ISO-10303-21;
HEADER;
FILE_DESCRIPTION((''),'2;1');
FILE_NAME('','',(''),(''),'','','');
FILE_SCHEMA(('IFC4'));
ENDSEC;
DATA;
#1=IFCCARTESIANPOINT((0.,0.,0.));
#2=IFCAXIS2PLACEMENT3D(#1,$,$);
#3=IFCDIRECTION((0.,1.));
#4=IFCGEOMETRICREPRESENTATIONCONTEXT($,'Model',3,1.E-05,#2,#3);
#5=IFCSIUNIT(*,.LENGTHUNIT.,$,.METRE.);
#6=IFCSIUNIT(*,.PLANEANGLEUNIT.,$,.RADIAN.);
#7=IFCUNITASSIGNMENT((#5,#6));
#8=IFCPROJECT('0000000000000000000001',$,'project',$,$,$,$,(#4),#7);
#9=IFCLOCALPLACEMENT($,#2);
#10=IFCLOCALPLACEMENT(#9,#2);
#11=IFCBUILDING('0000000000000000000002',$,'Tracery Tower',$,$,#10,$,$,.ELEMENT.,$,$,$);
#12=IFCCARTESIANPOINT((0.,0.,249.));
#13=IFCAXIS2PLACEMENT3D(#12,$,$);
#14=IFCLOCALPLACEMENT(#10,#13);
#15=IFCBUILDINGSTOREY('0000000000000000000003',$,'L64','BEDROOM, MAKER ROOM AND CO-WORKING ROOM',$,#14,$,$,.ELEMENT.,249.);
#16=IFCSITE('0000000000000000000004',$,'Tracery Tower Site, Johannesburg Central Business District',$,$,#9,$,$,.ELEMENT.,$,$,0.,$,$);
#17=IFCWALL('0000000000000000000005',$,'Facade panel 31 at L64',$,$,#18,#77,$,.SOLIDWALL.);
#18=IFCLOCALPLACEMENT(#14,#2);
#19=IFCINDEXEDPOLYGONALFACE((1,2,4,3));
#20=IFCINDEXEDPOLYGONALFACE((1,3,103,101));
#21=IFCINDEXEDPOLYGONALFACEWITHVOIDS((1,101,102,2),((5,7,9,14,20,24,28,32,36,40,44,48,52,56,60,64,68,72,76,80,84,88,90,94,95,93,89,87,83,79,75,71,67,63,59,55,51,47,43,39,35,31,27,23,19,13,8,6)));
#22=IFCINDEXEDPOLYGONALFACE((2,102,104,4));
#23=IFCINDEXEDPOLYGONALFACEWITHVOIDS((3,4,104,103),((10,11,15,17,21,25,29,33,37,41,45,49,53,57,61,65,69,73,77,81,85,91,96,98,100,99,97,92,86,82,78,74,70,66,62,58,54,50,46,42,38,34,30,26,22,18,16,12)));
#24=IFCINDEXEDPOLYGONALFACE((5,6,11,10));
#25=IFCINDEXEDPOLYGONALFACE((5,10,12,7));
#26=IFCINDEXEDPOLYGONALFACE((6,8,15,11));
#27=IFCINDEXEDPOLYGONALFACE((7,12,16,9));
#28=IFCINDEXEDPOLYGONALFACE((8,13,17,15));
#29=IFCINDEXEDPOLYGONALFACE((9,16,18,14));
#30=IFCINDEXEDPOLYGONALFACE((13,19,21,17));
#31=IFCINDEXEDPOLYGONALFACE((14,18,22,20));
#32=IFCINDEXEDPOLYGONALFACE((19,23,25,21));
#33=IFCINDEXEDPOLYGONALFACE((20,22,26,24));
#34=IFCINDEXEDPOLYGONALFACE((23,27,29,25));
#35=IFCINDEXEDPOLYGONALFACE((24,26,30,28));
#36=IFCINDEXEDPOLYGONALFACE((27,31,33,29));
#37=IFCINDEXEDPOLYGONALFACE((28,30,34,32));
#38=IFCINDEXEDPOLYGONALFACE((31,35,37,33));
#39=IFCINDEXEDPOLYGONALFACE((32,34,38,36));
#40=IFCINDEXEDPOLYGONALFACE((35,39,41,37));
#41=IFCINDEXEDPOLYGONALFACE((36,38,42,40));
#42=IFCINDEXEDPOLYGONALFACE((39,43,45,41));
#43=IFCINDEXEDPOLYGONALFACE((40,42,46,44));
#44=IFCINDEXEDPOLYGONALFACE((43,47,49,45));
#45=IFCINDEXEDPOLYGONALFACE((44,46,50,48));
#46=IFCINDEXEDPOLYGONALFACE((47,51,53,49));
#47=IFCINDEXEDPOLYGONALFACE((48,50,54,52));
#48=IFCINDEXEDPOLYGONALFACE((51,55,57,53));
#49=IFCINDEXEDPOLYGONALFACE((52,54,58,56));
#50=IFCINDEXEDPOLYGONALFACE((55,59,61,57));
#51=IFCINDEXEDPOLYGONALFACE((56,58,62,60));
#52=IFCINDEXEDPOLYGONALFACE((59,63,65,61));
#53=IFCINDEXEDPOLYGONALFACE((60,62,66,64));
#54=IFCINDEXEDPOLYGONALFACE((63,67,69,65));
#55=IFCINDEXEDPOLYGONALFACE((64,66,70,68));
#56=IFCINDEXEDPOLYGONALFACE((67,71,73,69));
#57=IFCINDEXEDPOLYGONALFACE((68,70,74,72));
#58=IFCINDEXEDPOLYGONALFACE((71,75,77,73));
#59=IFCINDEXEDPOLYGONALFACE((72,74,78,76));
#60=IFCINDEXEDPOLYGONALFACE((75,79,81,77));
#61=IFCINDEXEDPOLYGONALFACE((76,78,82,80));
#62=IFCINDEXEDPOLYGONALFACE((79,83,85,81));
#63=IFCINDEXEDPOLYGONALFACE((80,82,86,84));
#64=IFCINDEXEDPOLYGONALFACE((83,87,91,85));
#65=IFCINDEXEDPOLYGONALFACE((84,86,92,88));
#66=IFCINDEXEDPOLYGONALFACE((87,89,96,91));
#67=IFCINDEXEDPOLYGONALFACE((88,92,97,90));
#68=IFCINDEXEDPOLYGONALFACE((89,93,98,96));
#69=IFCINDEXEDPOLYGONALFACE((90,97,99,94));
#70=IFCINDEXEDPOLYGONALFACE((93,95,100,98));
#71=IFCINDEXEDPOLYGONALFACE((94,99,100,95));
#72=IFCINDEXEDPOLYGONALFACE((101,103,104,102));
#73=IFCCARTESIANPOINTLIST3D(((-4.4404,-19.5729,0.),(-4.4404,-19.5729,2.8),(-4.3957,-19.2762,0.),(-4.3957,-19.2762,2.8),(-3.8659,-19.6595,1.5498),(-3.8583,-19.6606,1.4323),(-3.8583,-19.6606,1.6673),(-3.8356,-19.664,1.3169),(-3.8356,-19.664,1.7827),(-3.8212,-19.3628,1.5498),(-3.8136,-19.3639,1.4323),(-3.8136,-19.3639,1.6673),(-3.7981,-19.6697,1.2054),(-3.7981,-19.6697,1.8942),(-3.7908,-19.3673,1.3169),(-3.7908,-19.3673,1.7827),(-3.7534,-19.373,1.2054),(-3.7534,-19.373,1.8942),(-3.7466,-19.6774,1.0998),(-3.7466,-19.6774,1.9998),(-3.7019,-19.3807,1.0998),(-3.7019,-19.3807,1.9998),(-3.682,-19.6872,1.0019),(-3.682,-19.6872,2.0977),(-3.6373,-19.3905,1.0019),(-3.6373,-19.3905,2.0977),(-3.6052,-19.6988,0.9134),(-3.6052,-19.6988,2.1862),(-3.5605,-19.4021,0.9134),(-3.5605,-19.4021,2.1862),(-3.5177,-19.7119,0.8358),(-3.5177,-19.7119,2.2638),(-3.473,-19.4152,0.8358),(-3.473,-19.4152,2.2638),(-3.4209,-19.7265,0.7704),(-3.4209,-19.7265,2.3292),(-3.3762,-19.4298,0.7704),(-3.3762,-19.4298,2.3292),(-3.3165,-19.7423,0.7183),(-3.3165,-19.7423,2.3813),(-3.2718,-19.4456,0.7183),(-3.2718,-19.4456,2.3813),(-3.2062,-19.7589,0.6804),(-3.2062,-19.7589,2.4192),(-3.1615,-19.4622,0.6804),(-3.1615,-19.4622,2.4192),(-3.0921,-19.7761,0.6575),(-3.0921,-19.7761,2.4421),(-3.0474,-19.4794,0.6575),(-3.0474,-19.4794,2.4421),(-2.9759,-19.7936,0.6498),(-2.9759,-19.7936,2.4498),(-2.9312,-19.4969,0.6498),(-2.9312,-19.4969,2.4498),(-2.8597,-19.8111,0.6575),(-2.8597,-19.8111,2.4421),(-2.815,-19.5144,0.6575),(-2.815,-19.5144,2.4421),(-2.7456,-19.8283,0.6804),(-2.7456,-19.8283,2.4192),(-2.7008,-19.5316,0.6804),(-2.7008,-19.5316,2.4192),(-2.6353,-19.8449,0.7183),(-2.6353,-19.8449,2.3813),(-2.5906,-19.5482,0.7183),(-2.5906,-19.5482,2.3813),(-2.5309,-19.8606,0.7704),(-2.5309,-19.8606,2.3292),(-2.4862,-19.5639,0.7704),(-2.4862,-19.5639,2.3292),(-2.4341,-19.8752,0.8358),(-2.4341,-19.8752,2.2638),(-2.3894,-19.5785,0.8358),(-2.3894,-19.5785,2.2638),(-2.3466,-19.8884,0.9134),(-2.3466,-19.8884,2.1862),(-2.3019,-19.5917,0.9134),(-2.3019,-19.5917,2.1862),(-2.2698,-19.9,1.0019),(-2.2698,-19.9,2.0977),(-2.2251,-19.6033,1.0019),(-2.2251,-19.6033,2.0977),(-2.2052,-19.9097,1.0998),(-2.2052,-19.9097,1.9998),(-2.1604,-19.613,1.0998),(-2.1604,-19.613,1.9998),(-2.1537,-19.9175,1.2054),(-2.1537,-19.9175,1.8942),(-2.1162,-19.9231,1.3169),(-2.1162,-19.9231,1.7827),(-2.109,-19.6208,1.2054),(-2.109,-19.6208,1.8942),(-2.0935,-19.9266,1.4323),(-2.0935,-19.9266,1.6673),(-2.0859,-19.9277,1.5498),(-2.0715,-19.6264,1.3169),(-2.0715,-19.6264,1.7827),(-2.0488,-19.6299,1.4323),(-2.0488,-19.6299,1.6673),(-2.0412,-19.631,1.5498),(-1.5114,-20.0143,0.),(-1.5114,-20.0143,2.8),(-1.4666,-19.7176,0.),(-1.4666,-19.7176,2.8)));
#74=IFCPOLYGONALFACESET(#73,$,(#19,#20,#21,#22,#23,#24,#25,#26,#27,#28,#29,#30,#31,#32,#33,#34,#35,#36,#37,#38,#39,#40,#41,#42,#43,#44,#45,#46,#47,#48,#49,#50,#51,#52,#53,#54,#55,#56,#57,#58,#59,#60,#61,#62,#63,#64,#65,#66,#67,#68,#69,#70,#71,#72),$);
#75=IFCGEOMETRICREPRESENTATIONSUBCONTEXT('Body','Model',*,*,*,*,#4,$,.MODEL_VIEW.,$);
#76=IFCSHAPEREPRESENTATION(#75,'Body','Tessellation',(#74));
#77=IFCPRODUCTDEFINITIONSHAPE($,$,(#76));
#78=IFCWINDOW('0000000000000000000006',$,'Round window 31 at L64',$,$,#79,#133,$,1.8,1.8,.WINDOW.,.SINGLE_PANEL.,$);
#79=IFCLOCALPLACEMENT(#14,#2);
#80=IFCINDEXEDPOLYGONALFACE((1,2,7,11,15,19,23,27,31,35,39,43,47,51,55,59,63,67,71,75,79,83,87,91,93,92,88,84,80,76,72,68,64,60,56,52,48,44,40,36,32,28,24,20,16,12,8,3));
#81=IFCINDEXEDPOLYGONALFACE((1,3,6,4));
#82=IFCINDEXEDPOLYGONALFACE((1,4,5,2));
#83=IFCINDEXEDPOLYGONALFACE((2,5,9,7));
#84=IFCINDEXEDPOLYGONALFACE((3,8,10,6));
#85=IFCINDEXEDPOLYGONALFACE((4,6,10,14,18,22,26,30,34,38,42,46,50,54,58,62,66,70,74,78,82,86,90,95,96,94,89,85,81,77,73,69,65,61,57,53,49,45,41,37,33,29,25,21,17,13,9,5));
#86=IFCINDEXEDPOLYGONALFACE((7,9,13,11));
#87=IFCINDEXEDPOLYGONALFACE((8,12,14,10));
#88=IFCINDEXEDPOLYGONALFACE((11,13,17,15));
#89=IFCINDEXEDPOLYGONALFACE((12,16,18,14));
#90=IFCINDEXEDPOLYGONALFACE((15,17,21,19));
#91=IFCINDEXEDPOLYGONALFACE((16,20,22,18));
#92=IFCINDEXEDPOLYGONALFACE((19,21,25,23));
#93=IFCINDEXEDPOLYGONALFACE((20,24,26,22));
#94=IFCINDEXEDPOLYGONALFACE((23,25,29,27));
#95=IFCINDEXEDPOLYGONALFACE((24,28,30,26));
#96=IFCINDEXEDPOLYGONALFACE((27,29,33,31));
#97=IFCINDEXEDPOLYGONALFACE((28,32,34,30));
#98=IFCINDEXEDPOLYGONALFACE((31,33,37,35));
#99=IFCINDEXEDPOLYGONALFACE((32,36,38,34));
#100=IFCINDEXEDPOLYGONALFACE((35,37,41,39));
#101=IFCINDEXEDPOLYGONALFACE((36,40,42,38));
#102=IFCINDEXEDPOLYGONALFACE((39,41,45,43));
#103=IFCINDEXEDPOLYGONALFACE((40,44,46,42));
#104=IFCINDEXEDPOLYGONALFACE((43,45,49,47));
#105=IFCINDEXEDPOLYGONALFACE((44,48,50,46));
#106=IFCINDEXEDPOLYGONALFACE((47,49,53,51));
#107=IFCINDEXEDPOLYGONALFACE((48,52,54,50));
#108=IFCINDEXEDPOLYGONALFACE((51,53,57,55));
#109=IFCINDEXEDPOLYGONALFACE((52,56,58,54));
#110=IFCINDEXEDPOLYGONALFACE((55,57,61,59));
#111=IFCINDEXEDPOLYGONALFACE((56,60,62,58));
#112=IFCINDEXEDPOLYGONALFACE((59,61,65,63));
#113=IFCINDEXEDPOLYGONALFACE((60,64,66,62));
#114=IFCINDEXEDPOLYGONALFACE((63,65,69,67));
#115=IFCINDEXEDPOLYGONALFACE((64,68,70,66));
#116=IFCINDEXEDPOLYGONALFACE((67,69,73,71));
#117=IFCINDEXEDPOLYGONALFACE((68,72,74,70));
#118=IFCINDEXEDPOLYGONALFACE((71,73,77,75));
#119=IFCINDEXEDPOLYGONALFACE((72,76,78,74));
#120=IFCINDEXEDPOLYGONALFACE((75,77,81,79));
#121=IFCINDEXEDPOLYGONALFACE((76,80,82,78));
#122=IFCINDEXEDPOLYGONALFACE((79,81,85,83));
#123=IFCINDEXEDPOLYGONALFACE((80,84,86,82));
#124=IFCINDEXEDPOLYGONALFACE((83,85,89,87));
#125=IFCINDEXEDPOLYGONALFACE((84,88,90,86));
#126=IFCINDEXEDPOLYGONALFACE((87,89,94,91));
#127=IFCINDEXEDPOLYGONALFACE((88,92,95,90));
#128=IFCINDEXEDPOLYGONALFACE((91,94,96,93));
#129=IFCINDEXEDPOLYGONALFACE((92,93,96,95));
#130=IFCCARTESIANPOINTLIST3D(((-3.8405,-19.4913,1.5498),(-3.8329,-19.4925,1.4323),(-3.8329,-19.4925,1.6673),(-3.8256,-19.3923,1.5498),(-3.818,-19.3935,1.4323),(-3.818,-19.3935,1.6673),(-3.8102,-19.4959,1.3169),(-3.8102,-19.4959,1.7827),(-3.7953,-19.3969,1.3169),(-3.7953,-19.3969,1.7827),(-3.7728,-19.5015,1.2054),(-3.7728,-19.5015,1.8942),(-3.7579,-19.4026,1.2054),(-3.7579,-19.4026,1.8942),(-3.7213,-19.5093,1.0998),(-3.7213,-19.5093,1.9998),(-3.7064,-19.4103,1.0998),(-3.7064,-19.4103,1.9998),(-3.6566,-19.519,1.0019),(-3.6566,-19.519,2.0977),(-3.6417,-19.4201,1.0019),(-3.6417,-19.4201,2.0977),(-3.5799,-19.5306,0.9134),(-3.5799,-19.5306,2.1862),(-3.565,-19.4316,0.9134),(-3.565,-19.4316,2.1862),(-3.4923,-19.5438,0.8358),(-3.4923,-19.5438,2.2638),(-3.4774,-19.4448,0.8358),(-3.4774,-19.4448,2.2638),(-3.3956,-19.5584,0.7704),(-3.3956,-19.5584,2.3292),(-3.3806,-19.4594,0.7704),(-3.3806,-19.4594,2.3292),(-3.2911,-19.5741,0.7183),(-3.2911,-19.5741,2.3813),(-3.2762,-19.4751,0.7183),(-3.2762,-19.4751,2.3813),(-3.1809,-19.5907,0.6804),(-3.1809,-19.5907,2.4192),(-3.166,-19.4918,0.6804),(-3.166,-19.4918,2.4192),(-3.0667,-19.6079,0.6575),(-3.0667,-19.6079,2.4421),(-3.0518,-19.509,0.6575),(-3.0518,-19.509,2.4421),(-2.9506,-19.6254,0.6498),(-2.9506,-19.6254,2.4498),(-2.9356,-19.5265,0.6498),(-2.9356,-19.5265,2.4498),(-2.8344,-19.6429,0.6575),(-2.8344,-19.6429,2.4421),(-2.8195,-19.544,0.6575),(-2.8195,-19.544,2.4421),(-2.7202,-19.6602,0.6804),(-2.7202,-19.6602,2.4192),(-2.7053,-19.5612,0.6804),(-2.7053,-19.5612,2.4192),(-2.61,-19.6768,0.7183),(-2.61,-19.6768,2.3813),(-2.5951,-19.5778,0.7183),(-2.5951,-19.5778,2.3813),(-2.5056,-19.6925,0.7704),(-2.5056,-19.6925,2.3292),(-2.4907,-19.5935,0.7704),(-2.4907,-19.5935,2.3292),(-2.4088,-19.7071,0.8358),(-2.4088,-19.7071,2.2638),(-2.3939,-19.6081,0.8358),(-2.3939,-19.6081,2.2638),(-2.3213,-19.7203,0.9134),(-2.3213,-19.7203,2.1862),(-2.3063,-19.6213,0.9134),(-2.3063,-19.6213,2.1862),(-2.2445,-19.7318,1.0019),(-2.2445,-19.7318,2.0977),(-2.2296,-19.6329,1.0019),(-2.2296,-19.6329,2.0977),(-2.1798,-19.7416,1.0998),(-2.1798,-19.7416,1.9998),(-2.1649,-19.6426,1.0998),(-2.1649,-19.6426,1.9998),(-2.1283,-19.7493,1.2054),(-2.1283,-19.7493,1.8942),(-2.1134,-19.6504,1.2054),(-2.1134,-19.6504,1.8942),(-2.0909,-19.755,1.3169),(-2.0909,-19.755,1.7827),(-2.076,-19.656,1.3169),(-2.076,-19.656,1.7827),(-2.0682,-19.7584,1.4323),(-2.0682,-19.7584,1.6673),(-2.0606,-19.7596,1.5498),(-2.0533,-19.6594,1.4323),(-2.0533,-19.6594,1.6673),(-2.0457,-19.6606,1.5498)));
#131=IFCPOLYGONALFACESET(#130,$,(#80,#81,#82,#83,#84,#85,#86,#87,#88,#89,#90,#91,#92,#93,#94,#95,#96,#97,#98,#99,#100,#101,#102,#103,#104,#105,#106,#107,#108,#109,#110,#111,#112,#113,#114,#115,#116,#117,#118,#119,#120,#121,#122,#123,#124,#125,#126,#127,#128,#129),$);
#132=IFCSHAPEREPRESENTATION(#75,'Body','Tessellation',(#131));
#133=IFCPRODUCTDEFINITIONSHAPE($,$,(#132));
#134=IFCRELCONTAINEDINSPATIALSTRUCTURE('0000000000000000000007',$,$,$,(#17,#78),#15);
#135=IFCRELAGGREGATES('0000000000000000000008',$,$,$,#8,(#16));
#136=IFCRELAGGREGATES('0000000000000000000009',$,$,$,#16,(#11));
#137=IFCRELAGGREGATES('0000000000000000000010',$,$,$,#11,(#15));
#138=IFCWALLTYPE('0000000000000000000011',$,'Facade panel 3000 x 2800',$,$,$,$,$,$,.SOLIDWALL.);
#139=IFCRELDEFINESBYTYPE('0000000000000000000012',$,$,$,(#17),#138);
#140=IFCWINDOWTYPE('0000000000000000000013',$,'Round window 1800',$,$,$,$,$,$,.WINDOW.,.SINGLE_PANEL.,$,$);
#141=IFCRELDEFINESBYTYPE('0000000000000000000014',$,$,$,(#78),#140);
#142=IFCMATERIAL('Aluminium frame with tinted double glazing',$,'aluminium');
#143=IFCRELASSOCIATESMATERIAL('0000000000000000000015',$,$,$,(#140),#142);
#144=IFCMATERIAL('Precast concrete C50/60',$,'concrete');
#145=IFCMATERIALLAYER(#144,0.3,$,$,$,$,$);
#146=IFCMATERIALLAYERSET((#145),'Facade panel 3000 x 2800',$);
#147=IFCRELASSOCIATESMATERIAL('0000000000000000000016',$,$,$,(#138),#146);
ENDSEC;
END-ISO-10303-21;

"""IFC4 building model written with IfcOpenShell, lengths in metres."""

from ifc_helpers import new_model, si_unit, direction, frame, frame_2d, origin, origin_2d, place, context, subcontext, project, spatial, rectangle, circle, extrude, material, layer, layer_set, type_object, element, fill, save


model = new_model("IFC4")

# Units and contexts
model_context = context("Model", 3, precision=1e-05, world=origin(), true_north=direction((0.0, 1.0)))
body_context = subcontext(model_context, "Body", "Model", "MODEL_VIEW")
ifc_project = project(units=[si_unit("LENGTHUNIT", "METRE"), si_unit("PLANEANGLEUNIT", "RADIAN")], contexts=[model_context])

# Site, building, storey
site_placement = place(None, origin())
site = spatial("IfcSite", under=ifc_project, at=site_placement, Name="Tracery Tower Site, Johannesburg Central Business District", CompositionType="ELEMENT", RefElevation=0.0)
building_placement = place(site_placement, origin())
building = spatial("IfcBuilding", under=site, at=building_placement, Name="Tracery Tower", CompositionType="ELEMENT")
storey_placement = place(building_placement, frame((0.0, 0.0, 249.0)))
storey = spatial("IfcBuildingStorey", under=building, at=storey_placement, Name="L64", Description="BEDROOM, MAKER ROOM AND CO-WORKING ROOM", CompositionType="ELEMENT", Elevation=249.0)

# Wall, opening, window
ifc_material_1 = material(Name="Aluminium frame with tinted double glazing", Category="aluminium")
window_type = type_object("IfcWindowType", Name="Round window 1800", PartitioningType="SINGLE_PANEL", PredefinedType="WINDOW", material=ifc_material_1)
ifc_material_2 = material(Name="Precast concrete C50/60", Category="concrete")
ifc_layer_1 = layer(ifc_material_2, 0.3)
ifc_layer_set_1 = layer_set([ifc_layer_1], Name="Facade panel 3000 x 2800")
wall_type_1 = type_object("IfcWallType", Name="Facade panel 3000 x 2800", PredefinedType="SOLIDWALL", material=ifc_layer_set_1)
wall_1_placement = place(storey_placement, frame((-4.418, -19.4246, 0.0), z_axis=(0.0, 0.0, 1.0), x_axis=(0.988836, -0.149009, 0.0)))
wall_1 = element("IfcWall", 1, at=wall_1_placement, inside=storey, type_object=wall_type_1, Name="Facade panel 31 at L64", PredefinedType="SOLIDWALL", context=body_context, shape_type="SweptSolid", body=[
    extrude(rectangle(XDim=2.9622, YDim=0.3, at=frame_2d((1.481, 0.0))), origin(), (0.0, 0.0, 1.0), 2.8),
])
opening_1_placement = place(wall_1_placement, frame((1.481, 0.0, 1.5498)))
opening_1 = element("IfcOpeningElement", 2, at=opening_1_placement, cuts=wall_1, PredefinedType="OPENING", context=body_context, shape_type="SweptSolid", body=[
    extrude(circle(Radius=0.9, at=origin_2d()), frame((0.0, 0.1599, 0.0), z_axis=(0.0, -1.0, 0.0), x_axis=(1.0, 0.0, 0.0)), (0.0, 0.0, 1.0), 0.3201),
])
window_1_placement = place(opening_1_placement, origin())
window_1 = element("IfcWindow", 3, at=window_1_placement, inside=storey, type_object=window_type, Name="Round window 31 at L64", OverallHeight=1.8, OverallWidth=1.8, PartitioningType="SINGLE_PANEL", PredefinedType="WINDOW", context=body_context, shape_type="SweptSolid", body=[
    extrude(circle(Radius=0.9, at=origin_2d()), frame((0.0, 0.1201, 0.0), z_axis=(0.0, -1.0, 0.0), x_axis=(1.0, 0.0, 0.0)), (0.0, 0.0, 1.0), 0.1001),
])
fill(opening_1, window_1)

save(model, "model.ifc")
